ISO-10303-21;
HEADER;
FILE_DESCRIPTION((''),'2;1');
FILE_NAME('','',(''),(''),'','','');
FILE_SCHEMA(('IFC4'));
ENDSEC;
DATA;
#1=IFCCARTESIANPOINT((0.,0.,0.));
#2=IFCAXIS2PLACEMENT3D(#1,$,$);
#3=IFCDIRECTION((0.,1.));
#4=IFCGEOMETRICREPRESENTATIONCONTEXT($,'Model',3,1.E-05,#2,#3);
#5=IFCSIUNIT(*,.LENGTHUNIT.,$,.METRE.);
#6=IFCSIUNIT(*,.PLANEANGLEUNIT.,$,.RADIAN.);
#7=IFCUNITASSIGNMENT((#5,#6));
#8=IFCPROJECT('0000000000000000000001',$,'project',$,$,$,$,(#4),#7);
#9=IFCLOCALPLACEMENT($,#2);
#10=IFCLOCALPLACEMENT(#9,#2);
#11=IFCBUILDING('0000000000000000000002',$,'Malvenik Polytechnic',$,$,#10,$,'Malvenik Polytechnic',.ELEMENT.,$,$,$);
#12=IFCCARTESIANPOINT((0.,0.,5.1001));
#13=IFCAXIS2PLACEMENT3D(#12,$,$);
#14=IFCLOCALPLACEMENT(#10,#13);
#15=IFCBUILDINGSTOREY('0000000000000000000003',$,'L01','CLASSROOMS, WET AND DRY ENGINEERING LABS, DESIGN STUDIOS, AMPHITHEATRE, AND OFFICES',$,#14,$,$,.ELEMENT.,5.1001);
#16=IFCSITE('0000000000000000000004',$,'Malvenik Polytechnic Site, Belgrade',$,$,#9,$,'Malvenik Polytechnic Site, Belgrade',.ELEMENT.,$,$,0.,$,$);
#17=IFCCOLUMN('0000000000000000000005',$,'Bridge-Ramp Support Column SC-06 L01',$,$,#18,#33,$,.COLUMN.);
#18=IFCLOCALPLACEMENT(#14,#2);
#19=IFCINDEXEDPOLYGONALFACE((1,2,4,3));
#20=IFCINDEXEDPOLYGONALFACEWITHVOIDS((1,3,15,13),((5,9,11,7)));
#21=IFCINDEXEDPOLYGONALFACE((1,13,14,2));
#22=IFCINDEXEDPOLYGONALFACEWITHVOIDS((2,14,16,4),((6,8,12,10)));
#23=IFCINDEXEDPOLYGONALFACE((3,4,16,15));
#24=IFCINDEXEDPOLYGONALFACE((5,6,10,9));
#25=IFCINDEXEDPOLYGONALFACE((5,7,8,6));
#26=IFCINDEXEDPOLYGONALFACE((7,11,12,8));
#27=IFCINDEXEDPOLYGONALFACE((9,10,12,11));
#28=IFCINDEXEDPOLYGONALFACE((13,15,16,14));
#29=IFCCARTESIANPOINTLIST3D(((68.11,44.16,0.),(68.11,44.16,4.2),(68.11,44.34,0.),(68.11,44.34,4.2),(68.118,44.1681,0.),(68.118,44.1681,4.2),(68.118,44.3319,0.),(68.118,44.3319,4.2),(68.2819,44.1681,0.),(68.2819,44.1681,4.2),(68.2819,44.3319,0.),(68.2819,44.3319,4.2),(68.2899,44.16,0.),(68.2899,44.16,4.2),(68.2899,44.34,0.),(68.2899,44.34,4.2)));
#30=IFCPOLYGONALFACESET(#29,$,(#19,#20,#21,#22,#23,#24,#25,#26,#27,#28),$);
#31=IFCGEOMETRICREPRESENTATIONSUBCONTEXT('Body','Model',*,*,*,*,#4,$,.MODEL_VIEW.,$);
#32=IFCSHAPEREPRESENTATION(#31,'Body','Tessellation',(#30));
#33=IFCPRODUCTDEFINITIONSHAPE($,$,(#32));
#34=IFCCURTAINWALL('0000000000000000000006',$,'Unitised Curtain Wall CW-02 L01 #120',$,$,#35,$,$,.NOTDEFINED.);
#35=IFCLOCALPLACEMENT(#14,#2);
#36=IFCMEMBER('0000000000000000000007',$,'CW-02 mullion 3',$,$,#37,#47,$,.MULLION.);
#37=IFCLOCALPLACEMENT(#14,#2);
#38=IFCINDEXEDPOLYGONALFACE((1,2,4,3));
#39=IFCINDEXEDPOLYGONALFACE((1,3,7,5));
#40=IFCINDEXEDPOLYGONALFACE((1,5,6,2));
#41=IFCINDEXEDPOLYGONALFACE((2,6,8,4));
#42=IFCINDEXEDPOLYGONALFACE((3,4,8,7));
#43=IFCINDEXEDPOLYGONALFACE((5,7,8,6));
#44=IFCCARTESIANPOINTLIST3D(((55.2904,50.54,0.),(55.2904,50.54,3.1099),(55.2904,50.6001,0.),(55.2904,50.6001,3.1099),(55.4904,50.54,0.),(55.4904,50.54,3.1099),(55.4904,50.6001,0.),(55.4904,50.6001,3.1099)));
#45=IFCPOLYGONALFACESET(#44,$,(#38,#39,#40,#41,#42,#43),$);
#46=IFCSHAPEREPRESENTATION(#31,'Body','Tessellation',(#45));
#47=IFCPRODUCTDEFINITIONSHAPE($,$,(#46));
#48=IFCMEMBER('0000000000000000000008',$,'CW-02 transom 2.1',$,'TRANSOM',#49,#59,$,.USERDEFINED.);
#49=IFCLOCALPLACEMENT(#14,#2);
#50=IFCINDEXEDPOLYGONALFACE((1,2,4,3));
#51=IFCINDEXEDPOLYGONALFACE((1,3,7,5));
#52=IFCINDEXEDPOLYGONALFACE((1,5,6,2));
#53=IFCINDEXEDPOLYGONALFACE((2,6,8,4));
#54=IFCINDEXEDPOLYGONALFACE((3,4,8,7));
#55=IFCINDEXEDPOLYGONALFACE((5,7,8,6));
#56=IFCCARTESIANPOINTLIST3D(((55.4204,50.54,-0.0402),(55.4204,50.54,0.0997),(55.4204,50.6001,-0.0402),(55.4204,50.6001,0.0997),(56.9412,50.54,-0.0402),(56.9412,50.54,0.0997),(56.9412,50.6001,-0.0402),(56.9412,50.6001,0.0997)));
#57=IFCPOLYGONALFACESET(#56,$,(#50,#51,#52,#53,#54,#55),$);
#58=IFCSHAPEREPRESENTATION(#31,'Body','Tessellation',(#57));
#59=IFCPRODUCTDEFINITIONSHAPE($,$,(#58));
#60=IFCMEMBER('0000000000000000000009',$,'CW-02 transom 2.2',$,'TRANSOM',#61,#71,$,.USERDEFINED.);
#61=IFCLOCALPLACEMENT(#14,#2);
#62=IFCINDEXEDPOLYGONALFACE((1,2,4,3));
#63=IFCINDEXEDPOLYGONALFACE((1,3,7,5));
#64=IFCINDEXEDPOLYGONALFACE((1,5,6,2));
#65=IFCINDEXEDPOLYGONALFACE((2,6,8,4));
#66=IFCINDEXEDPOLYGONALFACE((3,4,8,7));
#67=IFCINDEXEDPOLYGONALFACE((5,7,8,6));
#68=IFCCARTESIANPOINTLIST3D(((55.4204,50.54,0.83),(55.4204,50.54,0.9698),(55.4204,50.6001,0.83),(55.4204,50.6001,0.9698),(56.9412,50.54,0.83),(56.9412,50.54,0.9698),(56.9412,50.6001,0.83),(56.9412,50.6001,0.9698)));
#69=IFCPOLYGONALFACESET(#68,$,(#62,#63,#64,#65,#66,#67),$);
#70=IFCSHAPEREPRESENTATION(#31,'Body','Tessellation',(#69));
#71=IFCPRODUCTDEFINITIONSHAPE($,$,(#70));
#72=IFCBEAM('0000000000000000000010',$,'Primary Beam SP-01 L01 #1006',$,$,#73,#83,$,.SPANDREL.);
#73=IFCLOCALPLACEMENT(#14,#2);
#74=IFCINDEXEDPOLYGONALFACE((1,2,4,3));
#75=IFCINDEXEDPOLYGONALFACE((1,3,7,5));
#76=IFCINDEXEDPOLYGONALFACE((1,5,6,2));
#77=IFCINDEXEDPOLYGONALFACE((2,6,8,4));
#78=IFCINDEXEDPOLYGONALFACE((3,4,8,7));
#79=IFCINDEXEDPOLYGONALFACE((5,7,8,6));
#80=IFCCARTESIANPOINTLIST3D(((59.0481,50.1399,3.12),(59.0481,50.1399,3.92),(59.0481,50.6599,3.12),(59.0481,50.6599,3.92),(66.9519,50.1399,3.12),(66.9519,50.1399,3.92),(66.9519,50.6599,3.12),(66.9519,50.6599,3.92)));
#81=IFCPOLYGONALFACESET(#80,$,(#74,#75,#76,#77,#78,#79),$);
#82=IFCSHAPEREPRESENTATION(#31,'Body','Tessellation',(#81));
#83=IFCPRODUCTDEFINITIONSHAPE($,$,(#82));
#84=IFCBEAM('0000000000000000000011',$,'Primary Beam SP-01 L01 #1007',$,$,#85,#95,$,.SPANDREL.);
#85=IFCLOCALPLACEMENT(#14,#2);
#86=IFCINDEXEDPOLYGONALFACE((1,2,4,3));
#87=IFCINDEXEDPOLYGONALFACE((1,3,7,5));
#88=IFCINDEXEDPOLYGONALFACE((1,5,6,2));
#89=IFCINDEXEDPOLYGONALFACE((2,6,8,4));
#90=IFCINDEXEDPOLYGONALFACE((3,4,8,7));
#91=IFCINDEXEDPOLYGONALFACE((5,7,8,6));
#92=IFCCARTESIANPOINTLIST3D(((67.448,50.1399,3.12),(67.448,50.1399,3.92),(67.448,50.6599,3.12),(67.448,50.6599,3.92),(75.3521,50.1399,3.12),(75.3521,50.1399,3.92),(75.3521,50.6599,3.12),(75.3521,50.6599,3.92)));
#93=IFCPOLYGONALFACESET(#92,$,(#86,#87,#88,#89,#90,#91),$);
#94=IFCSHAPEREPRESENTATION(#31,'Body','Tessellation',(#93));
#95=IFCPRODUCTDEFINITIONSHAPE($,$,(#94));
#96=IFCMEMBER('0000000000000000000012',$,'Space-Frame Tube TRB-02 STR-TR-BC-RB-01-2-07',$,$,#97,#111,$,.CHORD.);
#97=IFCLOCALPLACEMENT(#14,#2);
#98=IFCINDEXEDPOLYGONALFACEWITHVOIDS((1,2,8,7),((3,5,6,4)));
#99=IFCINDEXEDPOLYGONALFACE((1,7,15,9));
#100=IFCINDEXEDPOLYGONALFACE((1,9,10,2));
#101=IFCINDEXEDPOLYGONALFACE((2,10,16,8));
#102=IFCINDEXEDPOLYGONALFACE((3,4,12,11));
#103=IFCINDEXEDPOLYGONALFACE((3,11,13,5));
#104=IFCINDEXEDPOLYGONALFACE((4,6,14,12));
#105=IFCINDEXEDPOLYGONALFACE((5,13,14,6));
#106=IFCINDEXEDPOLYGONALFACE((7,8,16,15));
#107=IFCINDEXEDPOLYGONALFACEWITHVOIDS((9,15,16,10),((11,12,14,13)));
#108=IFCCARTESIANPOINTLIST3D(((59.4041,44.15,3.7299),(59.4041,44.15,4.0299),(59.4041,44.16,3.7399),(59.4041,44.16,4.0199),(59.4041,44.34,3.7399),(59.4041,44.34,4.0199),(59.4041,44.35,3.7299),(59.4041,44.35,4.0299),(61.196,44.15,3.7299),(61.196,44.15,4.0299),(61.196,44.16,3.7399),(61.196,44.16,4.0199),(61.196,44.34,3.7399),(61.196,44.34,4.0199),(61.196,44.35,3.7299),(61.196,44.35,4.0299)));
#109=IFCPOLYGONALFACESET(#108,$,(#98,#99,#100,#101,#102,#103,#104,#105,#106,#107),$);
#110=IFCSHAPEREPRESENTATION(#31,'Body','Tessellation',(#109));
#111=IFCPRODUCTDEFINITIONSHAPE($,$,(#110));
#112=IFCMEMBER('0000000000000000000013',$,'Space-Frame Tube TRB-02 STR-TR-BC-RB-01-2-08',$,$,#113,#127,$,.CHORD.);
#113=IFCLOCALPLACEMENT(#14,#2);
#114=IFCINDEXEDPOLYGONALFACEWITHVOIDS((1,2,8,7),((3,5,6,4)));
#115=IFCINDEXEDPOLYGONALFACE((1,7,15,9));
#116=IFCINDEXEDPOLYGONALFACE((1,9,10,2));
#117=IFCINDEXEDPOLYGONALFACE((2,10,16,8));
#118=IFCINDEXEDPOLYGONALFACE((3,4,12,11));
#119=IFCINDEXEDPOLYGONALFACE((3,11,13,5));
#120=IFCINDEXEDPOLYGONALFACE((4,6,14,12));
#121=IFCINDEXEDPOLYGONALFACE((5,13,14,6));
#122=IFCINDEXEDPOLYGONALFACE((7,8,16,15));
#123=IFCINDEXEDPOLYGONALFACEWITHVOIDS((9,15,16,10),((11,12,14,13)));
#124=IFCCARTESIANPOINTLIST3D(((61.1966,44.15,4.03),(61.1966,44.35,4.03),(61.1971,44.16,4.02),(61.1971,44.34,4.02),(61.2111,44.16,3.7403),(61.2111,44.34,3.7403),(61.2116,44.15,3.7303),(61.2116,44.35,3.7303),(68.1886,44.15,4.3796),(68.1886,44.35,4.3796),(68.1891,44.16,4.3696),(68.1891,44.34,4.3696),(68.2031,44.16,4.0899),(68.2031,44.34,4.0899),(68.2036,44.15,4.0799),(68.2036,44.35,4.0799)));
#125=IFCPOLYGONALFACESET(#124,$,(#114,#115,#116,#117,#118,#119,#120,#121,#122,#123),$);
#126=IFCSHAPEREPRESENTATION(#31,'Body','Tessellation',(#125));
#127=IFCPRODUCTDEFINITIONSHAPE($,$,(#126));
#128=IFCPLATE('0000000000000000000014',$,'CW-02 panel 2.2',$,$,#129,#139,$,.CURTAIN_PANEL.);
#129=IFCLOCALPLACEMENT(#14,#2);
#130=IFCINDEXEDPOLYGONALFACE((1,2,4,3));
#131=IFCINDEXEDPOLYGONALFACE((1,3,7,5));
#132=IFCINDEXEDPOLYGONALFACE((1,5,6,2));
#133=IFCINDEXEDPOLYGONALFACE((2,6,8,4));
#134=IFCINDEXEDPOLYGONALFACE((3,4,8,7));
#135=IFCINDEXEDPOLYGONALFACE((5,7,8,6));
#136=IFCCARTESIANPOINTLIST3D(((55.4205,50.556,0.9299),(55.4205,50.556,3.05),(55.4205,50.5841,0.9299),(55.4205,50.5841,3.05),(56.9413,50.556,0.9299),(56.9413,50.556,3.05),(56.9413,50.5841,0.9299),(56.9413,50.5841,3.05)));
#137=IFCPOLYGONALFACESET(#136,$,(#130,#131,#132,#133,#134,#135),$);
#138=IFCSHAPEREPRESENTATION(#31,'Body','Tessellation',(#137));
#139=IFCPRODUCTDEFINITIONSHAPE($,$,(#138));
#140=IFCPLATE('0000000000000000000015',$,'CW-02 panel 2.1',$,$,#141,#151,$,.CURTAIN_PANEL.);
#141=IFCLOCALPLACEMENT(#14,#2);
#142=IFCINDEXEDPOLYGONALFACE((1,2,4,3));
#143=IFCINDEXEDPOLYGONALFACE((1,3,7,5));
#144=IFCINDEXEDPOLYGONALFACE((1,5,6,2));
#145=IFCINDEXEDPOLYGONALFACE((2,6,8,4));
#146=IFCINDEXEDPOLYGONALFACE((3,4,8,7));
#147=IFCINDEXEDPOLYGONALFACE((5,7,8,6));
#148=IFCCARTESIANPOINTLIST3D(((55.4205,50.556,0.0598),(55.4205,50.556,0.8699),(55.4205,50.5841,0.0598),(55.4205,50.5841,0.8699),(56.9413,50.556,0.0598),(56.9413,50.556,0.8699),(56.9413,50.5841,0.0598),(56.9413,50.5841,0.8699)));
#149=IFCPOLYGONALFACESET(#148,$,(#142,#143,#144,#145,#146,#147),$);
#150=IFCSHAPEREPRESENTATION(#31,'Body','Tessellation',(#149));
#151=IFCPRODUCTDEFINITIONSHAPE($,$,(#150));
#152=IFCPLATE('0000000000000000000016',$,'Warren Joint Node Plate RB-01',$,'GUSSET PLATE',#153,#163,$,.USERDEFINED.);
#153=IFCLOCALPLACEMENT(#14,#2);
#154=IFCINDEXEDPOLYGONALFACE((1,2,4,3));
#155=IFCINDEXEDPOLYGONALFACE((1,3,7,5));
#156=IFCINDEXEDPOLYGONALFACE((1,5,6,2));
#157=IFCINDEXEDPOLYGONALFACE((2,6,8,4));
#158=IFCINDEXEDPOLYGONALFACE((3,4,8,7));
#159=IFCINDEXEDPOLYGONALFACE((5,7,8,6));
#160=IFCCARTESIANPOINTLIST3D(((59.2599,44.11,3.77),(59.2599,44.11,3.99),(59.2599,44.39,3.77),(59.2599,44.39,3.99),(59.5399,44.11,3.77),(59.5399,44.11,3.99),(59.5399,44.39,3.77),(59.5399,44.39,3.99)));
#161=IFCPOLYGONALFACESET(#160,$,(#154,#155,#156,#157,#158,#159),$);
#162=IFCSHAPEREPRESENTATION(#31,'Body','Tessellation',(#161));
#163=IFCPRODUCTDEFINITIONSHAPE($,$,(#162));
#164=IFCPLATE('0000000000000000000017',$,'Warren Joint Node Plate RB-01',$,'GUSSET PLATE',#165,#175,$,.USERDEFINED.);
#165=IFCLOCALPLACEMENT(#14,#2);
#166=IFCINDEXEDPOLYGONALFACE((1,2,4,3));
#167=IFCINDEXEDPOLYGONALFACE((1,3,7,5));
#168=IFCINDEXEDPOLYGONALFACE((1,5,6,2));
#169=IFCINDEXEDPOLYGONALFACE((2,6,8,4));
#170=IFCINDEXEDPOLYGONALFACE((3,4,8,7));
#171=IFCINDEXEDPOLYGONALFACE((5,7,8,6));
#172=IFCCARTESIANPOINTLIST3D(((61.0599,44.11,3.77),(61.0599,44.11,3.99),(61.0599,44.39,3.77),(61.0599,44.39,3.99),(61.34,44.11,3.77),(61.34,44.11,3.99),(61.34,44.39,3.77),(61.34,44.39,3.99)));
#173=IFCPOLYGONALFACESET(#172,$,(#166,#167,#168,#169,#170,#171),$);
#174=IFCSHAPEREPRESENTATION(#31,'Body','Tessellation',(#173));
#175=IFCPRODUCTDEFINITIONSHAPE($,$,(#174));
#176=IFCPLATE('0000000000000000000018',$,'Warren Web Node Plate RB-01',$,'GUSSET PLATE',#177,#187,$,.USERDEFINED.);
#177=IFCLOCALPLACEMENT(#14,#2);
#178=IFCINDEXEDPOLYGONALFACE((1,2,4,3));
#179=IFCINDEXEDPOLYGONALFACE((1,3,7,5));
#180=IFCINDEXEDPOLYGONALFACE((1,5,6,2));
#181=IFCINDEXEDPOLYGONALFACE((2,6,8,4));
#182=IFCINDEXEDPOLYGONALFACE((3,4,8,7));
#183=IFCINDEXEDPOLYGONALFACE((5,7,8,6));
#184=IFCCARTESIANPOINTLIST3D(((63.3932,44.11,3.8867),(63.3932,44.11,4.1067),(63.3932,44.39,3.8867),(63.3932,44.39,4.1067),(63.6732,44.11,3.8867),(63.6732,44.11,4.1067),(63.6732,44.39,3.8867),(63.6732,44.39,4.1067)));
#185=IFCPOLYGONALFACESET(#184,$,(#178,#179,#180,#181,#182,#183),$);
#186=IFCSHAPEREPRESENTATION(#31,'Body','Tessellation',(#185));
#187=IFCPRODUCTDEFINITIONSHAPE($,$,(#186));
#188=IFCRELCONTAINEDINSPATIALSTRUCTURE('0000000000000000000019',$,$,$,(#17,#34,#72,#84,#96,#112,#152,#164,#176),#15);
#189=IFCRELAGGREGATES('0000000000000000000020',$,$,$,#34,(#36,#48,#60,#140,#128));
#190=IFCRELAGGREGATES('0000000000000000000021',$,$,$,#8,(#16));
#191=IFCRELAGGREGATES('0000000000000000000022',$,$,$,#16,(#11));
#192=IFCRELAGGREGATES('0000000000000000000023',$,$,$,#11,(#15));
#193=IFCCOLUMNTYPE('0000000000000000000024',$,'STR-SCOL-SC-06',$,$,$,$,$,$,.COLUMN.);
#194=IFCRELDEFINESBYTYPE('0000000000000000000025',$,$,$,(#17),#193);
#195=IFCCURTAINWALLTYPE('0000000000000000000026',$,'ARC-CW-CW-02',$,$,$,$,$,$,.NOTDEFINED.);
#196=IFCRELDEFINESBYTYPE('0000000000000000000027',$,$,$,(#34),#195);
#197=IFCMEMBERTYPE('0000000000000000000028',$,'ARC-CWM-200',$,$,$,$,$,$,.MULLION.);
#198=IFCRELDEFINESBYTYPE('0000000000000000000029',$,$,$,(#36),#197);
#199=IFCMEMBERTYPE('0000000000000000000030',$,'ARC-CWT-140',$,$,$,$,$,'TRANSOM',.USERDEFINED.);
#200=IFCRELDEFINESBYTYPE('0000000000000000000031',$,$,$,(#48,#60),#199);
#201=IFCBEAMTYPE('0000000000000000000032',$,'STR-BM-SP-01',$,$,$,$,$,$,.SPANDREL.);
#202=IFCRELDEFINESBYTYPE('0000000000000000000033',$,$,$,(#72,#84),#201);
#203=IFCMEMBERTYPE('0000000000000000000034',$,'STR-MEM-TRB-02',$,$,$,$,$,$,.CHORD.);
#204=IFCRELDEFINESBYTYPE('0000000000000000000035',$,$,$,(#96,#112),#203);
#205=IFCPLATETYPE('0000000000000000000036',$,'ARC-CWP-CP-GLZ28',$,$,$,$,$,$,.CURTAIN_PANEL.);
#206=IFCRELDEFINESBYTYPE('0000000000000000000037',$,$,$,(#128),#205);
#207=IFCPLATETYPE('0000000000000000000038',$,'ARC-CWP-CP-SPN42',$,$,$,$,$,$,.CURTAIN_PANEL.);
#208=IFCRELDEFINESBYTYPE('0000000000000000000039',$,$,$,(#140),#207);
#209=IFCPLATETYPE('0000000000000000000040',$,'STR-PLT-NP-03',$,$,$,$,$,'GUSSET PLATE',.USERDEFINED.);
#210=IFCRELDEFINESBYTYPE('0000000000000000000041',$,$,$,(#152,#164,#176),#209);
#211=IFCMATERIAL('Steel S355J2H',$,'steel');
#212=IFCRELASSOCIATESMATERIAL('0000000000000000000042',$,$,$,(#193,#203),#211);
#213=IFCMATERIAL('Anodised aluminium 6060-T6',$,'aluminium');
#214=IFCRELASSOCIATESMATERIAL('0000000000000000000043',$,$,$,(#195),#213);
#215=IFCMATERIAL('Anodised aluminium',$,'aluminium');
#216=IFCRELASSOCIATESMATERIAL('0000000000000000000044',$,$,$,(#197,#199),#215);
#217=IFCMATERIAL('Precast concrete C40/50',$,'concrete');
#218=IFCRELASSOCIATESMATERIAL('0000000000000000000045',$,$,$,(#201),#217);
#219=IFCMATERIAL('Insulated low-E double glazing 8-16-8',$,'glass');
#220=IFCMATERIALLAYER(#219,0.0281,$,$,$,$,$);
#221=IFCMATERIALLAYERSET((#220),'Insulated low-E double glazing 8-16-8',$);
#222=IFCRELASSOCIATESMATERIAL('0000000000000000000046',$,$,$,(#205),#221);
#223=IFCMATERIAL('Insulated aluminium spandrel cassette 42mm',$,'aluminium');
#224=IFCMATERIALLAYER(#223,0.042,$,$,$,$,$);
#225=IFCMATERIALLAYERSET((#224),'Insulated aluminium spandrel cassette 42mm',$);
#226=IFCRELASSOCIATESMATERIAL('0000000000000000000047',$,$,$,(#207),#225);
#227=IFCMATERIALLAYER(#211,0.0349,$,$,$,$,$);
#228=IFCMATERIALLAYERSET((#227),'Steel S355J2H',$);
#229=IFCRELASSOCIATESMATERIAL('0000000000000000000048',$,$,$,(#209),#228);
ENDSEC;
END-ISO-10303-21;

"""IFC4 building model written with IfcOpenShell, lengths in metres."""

from ifc_helpers import new_model, si_unit, direction, frame, origin, origin_2d, place, context, subcontext, project, spatial, rectangle, hollow_rectangle, extrude, material, layer, layer_set, material_profile, profile_set, type_object, element, aggregate, save


model = new_model("IFC4")

# Units and contexts
model_context = context("Model", 3, precision=1e-05, world=origin(), true_north=direction((0.0, 1.0)))
body_context = subcontext(model_context, "Body", "Model", "MODEL_VIEW")
ifc_project = project(units=[si_unit("LENGTHUNIT", "METRE"), si_unit("PLANEANGLEUNIT", "RADIAN")], contexts=[model_context])

# Site, building, storey
site_placement = place(None, origin())
site = spatial("IfcSite", under=ifc_project, at=site_placement, Name="Malvenik Polytechnic Site, Belgrade", LongName="Malvenik Polytechnic Site, Belgrade", CompositionType="ELEMENT", RefElevation=0.0)
building_placement = place(site_placement, origin())
building = spatial("IfcBuilding", under=site, at=building_placement, Name="Malvenik Polytechnic", LongName="Malvenik Polytechnic", CompositionType="ELEMENT")
storey_placement = place(building_placement, frame((0.0, 0.0, 5.1001)))
storey = spatial("IfcBuildingStorey", under=building, at=storey_placement, Name="L01", Description="CLASSROOMS, WET AND DRY ENGINEERING LABS, DESIGN STUDIOS, AMPHITHEATRE, AND OFFICES", CompositionType="ELEMENT", Elevation=5.1001)

# Column
ifc_material_1 = material(Name="Steel S355J2H", Category="steel")
ifc_material_profile_1 = material_profile(ifc_material_1, hollow_rectangle(XDim=0.1799, YDim=0.1799, WallThickness=0.0081, at=origin_2d()), Name="SHS 180x180x8.0")
ifc_profile_set_1 = profile_set([ifc_material_profile_1], Name="Steel S355J2H")
column_type_1 = type_object("IfcColumnType", Name="STR-SCOL-SC-06", PredefinedType="COLUMN", material=ifc_profile_set_1)
for number, where, z_axis, x_axis, name in (
    (1, (68.2, 44.25, 0.0), (0.0, 0.0, 1.0), (1.0, 0.0, 0.0), "Bridge-Ramp Support Column SC-06 L01"),
):
    element("IfcColumn", number, at=place(storey_placement, frame(where, z_axis=z_axis, x_axis=x_axis)), inside=storey, type_object=column_type_1, Name=name, PredefinedType="COLUMN", context=body_context, shape_type="SweptSolid", body=[
        extrude(hollow_rectangle(XDim=0.1799, YDim=0.1799, WallThickness=0.0081, at=origin_2d()), origin(), (0.0, 0.0, 1.0), 4.2),
    ])

# Curtain wall, members
ifc_material_2 = material(Name="Anodised aluminium 6060-T6", Category="aluminium")
curtain_wall_type = type_object("IfcCurtainWallType", Name="ARC-CW-CW-02", PredefinedType="NOTDEFINED", material=ifc_material_2)
curtain_wall_placement = place(storey_placement, origin())
curtain_wall = element("IfcCurtainWall", 2, at=curtain_wall_placement, inside=storey, type_object=curtain_wall_type, Name="Unitised Curtain Wall CW-02 L01 #120", PredefinedType="NOTDEFINED")
ifc_material_3 = material(Name="Anodised aluminium", Category="aluminium")
ifc_material_profile_2 = material_profile(ifc_material_3, rectangle(XDim=0.0601, YDim=0.2, at=origin_2d()), Name="ALU MULLION 60x200")
ifc_profile_set_2 = profile_set([ifc_material_profile_2], Name="Anodised aluminium")
member_type_1 = type_object("IfcMemberType", Name="ARC-CWM-200", PredefinedType="MULLION", material=ifc_profile_set_2)
member_1_placement = place(storey_placement, frame((55.3904, 50.5701, 0.0), z_axis=(0.0, 0.0, 1.0), x_axis=(0.0, -1.0, 0.0)))
member_1 = element("IfcMember", 3, at=member_1_placement, type_object=member_type_1, Name="CW-02 mullion 3", PredefinedType="MULLION", context=body_context, shape_type="SweptSolid", body=[
    extrude(rectangle(XDim=0.0601, YDim=0.2, at=origin_2d()), origin(), (0.0, 0.0, 1.0), 3.1099),
])
ifc_material_profile_3 = material_profile(ifc_material_3, rectangle(XDim=0.0601, YDim=0.1399, at=origin_2d()), Name="ALU TRANSOM 60x140")
ifc_profile_set_3 = profile_set([ifc_material_profile_3], Name="Anodised aluminium")
member_type_2 = type_object("IfcMemberType", Name="ARC-CWT-140", ElementType="TRANSOM", PredefinedType="USERDEFINED", material=ifc_profile_set_3)
member_2_placement = place(storey_placement, frame((56.9412, 50.5701, 0.0298), z_axis=(-1.0, 0.0, 0.0), x_axis=(0.0, -1.0, 0.0)))
member_2 = element("IfcMember", 4, at=member_2_placement, type_object=member_type_2, Name="CW-02 transom 2.1", ObjectType="TRANSOM", PredefinedType="USERDEFINED", context=body_context, shape_type="SweptSolid", body=[
    extrude(rectangle(XDim=0.0601, YDim=0.1399, at=origin_2d()), origin(), (0.0, 0.0, 1.0), 1.5208),
])
member_3_placement = place(storey_placement, frame((56.9412, 50.5701, 0.8999), z_axis=(-1.0, 0.0, 0.0), x_axis=(0.0, -1.0, 0.0)))
member_3 = element("IfcMember", 5, at=member_3_placement, type_object=member_type_2, Name="CW-02 transom 2.2", ObjectType="TRANSOM", PredefinedType="USERDEFINED", context=body_context, shape_type="SweptSolid", body=[
    extrude(rectangle(XDim=0.0601, YDim=0.1399, at=origin_2d()), origin(), (0.0, 0.0, 1.0), 1.5208),
])

# Beams
ifc_material_4 = material(Name="Precast concrete C40/50", Category="concrete")
ifc_material_profile_4 = material_profile(ifc_material_4, rectangle(XDim=0.52, YDim=0.8, at=origin_2d()), Name="PC SPN 520x800")
ifc_profile_set_4 = profile_set([ifc_material_profile_4], Name="Precast concrete C40/50")
beam_type = type_object("IfcBeamType", Name="STR-BM-SP-01", PredefinedType="SPANDREL", material=ifc_profile_set_4)
beam_1_placement = place(storey_placement, frame((59.0481, 50.3999, 3.52), z_axis=(1.0, 0.0, 0.0), x_axis=(0.0, 1.0, 0.0)))
element("IfcBeam", 6, at=beam_1_placement, inside=storey, type_object=beam_type, Name="Primary Beam SP-01 L01 #1006", PredefinedType="SPANDREL", context=body_context, shape_type="SweptSolid", body=[
    extrude(rectangle(XDim=0.52, YDim=0.8, at=origin_2d()), origin(), (0.0, 0.0, 1.0), 7.9038),
])
beam_2_placement = place(storey_placement, frame((67.448, 50.3999, 3.52), z_axis=(1.0, 0.0, 0.0), x_axis=(0.0, 1.0, 0.0)))
element("IfcBeam", 7, at=beam_2_placement, inside=storey, type_object=beam_type, Name="Primary Beam SP-01 L01 #1007", PredefinedType="SPANDREL", context=body_context, shape_type="SweptSolid", body=[
    extrude(rectangle(XDim=0.52, YDim=0.8, at=origin_2d()), origin(), (0.0, 0.0, 1.0), 7.9041),
])

# Members
ifc_material_profile_5 = material_profile(ifc_material_1, hollow_rectangle(XDim=0.2, YDim=0.3, WallThickness=0.01, at=origin_2d()), Name="RHS 300x200x10.0")
ifc_profile_set_5 = profile_set([ifc_material_profile_5], Name="Steel S355J2H")
member_type_3 = type_object("IfcMemberType", Name="STR-MEM-TRB-02", PredefinedType="CHORD", material=ifc_profile_set_5)
member_4_placement = place(storey_placement, frame((59.4041, 44.25, 3.8799), z_axis=(1.0, 0.0, 0.0), x_axis=(0.0, 1.0, 0.0)))
element("IfcMember", 8, at=member_4_placement, inside=storey, type_object=member_type_3, Name="Space-Frame Tube TRB-02 STR-TR-BC-RB-01-2-07", PredefinedType="CHORD", context=body_context, shape_type="SweptSolid", body=[
    extrude(hollow_rectangle(XDim=0.2, YDim=0.3, WallThickness=0.01, at=origin_2d()), origin(), (0.0, 0.0, 1.0), 1.792),
])
member_5_placement = place(storey_placement, frame((61.2041, 44.25, 3.8801), z_axis=(0.998752, 0.0, 0.049939), x_axis=(0.0, 1.0, 0.0)))
element("IfcMember", 9, at=member_5_placement, inside=storey, type_object=member_type_3, Name="Space-Frame Tube TRB-02 STR-TR-BC-RB-01-2-08", PredefinedType="CHORD", context=body_context, shape_type="SweptSolid", body=[
    extrude(hollow_rectangle(XDim=0.2, YDim=0.3, WallThickness=0.01, at=origin_2d()), origin(), (0.0, 0.0, 1.0), 7.0007),
])

# Plates
ifc_material_5 = material(Name="Insulated low-E double glazing 8-16-8", Category="glass")
ifc_layer_1 = layer(ifc_material_5, 0.0281)
ifc_layer_set_1 = layer_set([ifc_layer_1], Name="Insulated low-E double glazing 8-16-8")
plate_type_1 = type_object("IfcPlateType", Name="ARC-CWP-CP-GLZ28", PredefinedType="CURTAIN_PANEL", material=ifc_layer_set_1)
plate_1_placement = place(storey_placement, frame((56.1809, 50.5701, 0.9299), z_axis=(0.0, 0.0, 1.0), x_axis=(-1.0, 0.0, 0.0)))
plate_1 = element("IfcPlate", 10, at=plate_1_placement, type_object=plate_type_1, Name="CW-02 panel 2.2", PredefinedType="CURTAIN_PANEL", context=body_context, shape_type="SweptSolid", body=[
    extrude(rectangle(XDim=1.5208, YDim=0.0281, at=origin_2d()), origin(), (0.0, 0.0, 1.0), 2.1201),
])
ifc_material_6 = material(Name="Insulated aluminium spandrel cassette 42mm", Category="aluminium")
ifc_layer_2 = layer(ifc_material_6, 0.042)
ifc_layer_set_2 = layer_set([ifc_layer_2], Name="Insulated aluminium spandrel cassette 42mm")
plate_type_2 = type_object("IfcPlateType", Name="ARC-CWP-CP-SPN42", PredefinedType="CURTAIN_PANEL", material=ifc_layer_set_2)
plate_2_placement = place(storey_placement, frame((56.1809, 50.5701, 0.0598), z_axis=(0.0, 0.0, 1.0), x_axis=(-1.0, 0.0, 0.0)))
plate_2 = element("IfcPlate", 11, at=plate_2_placement, type_object=plate_type_2, Name="CW-02 panel 2.1", PredefinedType="CURTAIN_PANEL", context=body_context, shape_type="SweptSolid", body=[
    extrude(rectangle(XDim=1.5208, YDim=0.0281, at=origin_2d()), origin(), (0.0, 0.0, 1.0), 0.8101),
])
aggregate(curtain_wall, [member_1, member_2, member_3, plate_2, plate_1])

# Plates
ifc_layer_3 = layer(ifc_material_1, 0.0349)
ifc_layer_set_3 = layer_set([ifc_layer_3], Name="Steel S355J2H")
plate_type_3 = type_object("IfcPlateType", Name="STR-PLT-NP-03", ElementType="GUSSET PLATE", PredefinedType="USERDEFINED", material=ifc_layer_set_3)
for number, where, z_axis, x_axis, name in (
    (12, (59.3999, 44.25, 3.77), (0.0, 0.0, 1.0), (1.0, 0.0, 0.0), "Warren Joint Node Plate RB-01"),
    (13, (61.2, 44.25, 3.77), (0.0, 0.0, 1.0), (1.0, 0.0, 0.0), "Warren Joint Node Plate RB-01"),
    (14, (63.5332, 44.25, 3.8867), (0.0, 0.0, 1.0), (1.0, 0.0, 0.0), "Warren Web Node Plate RB-01"),
):
    element("IfcPlate", number, at=place(storey_placement, frame(where, z_axis=z_axis, x_axis=x_axis)), inside=storey, type_object=plate_type_3, Name=name, ObjectType="GUSSET PLATE", PredefinedType="USERDEFINED", context=body_context, shape_type="SweptSolid", body=[
        extrude(rectangle(XDim=0.28, YDim=0.28, at=origin_2d()), origin(), (0.0, 0.0, 1.0), 0.22),
    ])

save(model, "model.ifc")
